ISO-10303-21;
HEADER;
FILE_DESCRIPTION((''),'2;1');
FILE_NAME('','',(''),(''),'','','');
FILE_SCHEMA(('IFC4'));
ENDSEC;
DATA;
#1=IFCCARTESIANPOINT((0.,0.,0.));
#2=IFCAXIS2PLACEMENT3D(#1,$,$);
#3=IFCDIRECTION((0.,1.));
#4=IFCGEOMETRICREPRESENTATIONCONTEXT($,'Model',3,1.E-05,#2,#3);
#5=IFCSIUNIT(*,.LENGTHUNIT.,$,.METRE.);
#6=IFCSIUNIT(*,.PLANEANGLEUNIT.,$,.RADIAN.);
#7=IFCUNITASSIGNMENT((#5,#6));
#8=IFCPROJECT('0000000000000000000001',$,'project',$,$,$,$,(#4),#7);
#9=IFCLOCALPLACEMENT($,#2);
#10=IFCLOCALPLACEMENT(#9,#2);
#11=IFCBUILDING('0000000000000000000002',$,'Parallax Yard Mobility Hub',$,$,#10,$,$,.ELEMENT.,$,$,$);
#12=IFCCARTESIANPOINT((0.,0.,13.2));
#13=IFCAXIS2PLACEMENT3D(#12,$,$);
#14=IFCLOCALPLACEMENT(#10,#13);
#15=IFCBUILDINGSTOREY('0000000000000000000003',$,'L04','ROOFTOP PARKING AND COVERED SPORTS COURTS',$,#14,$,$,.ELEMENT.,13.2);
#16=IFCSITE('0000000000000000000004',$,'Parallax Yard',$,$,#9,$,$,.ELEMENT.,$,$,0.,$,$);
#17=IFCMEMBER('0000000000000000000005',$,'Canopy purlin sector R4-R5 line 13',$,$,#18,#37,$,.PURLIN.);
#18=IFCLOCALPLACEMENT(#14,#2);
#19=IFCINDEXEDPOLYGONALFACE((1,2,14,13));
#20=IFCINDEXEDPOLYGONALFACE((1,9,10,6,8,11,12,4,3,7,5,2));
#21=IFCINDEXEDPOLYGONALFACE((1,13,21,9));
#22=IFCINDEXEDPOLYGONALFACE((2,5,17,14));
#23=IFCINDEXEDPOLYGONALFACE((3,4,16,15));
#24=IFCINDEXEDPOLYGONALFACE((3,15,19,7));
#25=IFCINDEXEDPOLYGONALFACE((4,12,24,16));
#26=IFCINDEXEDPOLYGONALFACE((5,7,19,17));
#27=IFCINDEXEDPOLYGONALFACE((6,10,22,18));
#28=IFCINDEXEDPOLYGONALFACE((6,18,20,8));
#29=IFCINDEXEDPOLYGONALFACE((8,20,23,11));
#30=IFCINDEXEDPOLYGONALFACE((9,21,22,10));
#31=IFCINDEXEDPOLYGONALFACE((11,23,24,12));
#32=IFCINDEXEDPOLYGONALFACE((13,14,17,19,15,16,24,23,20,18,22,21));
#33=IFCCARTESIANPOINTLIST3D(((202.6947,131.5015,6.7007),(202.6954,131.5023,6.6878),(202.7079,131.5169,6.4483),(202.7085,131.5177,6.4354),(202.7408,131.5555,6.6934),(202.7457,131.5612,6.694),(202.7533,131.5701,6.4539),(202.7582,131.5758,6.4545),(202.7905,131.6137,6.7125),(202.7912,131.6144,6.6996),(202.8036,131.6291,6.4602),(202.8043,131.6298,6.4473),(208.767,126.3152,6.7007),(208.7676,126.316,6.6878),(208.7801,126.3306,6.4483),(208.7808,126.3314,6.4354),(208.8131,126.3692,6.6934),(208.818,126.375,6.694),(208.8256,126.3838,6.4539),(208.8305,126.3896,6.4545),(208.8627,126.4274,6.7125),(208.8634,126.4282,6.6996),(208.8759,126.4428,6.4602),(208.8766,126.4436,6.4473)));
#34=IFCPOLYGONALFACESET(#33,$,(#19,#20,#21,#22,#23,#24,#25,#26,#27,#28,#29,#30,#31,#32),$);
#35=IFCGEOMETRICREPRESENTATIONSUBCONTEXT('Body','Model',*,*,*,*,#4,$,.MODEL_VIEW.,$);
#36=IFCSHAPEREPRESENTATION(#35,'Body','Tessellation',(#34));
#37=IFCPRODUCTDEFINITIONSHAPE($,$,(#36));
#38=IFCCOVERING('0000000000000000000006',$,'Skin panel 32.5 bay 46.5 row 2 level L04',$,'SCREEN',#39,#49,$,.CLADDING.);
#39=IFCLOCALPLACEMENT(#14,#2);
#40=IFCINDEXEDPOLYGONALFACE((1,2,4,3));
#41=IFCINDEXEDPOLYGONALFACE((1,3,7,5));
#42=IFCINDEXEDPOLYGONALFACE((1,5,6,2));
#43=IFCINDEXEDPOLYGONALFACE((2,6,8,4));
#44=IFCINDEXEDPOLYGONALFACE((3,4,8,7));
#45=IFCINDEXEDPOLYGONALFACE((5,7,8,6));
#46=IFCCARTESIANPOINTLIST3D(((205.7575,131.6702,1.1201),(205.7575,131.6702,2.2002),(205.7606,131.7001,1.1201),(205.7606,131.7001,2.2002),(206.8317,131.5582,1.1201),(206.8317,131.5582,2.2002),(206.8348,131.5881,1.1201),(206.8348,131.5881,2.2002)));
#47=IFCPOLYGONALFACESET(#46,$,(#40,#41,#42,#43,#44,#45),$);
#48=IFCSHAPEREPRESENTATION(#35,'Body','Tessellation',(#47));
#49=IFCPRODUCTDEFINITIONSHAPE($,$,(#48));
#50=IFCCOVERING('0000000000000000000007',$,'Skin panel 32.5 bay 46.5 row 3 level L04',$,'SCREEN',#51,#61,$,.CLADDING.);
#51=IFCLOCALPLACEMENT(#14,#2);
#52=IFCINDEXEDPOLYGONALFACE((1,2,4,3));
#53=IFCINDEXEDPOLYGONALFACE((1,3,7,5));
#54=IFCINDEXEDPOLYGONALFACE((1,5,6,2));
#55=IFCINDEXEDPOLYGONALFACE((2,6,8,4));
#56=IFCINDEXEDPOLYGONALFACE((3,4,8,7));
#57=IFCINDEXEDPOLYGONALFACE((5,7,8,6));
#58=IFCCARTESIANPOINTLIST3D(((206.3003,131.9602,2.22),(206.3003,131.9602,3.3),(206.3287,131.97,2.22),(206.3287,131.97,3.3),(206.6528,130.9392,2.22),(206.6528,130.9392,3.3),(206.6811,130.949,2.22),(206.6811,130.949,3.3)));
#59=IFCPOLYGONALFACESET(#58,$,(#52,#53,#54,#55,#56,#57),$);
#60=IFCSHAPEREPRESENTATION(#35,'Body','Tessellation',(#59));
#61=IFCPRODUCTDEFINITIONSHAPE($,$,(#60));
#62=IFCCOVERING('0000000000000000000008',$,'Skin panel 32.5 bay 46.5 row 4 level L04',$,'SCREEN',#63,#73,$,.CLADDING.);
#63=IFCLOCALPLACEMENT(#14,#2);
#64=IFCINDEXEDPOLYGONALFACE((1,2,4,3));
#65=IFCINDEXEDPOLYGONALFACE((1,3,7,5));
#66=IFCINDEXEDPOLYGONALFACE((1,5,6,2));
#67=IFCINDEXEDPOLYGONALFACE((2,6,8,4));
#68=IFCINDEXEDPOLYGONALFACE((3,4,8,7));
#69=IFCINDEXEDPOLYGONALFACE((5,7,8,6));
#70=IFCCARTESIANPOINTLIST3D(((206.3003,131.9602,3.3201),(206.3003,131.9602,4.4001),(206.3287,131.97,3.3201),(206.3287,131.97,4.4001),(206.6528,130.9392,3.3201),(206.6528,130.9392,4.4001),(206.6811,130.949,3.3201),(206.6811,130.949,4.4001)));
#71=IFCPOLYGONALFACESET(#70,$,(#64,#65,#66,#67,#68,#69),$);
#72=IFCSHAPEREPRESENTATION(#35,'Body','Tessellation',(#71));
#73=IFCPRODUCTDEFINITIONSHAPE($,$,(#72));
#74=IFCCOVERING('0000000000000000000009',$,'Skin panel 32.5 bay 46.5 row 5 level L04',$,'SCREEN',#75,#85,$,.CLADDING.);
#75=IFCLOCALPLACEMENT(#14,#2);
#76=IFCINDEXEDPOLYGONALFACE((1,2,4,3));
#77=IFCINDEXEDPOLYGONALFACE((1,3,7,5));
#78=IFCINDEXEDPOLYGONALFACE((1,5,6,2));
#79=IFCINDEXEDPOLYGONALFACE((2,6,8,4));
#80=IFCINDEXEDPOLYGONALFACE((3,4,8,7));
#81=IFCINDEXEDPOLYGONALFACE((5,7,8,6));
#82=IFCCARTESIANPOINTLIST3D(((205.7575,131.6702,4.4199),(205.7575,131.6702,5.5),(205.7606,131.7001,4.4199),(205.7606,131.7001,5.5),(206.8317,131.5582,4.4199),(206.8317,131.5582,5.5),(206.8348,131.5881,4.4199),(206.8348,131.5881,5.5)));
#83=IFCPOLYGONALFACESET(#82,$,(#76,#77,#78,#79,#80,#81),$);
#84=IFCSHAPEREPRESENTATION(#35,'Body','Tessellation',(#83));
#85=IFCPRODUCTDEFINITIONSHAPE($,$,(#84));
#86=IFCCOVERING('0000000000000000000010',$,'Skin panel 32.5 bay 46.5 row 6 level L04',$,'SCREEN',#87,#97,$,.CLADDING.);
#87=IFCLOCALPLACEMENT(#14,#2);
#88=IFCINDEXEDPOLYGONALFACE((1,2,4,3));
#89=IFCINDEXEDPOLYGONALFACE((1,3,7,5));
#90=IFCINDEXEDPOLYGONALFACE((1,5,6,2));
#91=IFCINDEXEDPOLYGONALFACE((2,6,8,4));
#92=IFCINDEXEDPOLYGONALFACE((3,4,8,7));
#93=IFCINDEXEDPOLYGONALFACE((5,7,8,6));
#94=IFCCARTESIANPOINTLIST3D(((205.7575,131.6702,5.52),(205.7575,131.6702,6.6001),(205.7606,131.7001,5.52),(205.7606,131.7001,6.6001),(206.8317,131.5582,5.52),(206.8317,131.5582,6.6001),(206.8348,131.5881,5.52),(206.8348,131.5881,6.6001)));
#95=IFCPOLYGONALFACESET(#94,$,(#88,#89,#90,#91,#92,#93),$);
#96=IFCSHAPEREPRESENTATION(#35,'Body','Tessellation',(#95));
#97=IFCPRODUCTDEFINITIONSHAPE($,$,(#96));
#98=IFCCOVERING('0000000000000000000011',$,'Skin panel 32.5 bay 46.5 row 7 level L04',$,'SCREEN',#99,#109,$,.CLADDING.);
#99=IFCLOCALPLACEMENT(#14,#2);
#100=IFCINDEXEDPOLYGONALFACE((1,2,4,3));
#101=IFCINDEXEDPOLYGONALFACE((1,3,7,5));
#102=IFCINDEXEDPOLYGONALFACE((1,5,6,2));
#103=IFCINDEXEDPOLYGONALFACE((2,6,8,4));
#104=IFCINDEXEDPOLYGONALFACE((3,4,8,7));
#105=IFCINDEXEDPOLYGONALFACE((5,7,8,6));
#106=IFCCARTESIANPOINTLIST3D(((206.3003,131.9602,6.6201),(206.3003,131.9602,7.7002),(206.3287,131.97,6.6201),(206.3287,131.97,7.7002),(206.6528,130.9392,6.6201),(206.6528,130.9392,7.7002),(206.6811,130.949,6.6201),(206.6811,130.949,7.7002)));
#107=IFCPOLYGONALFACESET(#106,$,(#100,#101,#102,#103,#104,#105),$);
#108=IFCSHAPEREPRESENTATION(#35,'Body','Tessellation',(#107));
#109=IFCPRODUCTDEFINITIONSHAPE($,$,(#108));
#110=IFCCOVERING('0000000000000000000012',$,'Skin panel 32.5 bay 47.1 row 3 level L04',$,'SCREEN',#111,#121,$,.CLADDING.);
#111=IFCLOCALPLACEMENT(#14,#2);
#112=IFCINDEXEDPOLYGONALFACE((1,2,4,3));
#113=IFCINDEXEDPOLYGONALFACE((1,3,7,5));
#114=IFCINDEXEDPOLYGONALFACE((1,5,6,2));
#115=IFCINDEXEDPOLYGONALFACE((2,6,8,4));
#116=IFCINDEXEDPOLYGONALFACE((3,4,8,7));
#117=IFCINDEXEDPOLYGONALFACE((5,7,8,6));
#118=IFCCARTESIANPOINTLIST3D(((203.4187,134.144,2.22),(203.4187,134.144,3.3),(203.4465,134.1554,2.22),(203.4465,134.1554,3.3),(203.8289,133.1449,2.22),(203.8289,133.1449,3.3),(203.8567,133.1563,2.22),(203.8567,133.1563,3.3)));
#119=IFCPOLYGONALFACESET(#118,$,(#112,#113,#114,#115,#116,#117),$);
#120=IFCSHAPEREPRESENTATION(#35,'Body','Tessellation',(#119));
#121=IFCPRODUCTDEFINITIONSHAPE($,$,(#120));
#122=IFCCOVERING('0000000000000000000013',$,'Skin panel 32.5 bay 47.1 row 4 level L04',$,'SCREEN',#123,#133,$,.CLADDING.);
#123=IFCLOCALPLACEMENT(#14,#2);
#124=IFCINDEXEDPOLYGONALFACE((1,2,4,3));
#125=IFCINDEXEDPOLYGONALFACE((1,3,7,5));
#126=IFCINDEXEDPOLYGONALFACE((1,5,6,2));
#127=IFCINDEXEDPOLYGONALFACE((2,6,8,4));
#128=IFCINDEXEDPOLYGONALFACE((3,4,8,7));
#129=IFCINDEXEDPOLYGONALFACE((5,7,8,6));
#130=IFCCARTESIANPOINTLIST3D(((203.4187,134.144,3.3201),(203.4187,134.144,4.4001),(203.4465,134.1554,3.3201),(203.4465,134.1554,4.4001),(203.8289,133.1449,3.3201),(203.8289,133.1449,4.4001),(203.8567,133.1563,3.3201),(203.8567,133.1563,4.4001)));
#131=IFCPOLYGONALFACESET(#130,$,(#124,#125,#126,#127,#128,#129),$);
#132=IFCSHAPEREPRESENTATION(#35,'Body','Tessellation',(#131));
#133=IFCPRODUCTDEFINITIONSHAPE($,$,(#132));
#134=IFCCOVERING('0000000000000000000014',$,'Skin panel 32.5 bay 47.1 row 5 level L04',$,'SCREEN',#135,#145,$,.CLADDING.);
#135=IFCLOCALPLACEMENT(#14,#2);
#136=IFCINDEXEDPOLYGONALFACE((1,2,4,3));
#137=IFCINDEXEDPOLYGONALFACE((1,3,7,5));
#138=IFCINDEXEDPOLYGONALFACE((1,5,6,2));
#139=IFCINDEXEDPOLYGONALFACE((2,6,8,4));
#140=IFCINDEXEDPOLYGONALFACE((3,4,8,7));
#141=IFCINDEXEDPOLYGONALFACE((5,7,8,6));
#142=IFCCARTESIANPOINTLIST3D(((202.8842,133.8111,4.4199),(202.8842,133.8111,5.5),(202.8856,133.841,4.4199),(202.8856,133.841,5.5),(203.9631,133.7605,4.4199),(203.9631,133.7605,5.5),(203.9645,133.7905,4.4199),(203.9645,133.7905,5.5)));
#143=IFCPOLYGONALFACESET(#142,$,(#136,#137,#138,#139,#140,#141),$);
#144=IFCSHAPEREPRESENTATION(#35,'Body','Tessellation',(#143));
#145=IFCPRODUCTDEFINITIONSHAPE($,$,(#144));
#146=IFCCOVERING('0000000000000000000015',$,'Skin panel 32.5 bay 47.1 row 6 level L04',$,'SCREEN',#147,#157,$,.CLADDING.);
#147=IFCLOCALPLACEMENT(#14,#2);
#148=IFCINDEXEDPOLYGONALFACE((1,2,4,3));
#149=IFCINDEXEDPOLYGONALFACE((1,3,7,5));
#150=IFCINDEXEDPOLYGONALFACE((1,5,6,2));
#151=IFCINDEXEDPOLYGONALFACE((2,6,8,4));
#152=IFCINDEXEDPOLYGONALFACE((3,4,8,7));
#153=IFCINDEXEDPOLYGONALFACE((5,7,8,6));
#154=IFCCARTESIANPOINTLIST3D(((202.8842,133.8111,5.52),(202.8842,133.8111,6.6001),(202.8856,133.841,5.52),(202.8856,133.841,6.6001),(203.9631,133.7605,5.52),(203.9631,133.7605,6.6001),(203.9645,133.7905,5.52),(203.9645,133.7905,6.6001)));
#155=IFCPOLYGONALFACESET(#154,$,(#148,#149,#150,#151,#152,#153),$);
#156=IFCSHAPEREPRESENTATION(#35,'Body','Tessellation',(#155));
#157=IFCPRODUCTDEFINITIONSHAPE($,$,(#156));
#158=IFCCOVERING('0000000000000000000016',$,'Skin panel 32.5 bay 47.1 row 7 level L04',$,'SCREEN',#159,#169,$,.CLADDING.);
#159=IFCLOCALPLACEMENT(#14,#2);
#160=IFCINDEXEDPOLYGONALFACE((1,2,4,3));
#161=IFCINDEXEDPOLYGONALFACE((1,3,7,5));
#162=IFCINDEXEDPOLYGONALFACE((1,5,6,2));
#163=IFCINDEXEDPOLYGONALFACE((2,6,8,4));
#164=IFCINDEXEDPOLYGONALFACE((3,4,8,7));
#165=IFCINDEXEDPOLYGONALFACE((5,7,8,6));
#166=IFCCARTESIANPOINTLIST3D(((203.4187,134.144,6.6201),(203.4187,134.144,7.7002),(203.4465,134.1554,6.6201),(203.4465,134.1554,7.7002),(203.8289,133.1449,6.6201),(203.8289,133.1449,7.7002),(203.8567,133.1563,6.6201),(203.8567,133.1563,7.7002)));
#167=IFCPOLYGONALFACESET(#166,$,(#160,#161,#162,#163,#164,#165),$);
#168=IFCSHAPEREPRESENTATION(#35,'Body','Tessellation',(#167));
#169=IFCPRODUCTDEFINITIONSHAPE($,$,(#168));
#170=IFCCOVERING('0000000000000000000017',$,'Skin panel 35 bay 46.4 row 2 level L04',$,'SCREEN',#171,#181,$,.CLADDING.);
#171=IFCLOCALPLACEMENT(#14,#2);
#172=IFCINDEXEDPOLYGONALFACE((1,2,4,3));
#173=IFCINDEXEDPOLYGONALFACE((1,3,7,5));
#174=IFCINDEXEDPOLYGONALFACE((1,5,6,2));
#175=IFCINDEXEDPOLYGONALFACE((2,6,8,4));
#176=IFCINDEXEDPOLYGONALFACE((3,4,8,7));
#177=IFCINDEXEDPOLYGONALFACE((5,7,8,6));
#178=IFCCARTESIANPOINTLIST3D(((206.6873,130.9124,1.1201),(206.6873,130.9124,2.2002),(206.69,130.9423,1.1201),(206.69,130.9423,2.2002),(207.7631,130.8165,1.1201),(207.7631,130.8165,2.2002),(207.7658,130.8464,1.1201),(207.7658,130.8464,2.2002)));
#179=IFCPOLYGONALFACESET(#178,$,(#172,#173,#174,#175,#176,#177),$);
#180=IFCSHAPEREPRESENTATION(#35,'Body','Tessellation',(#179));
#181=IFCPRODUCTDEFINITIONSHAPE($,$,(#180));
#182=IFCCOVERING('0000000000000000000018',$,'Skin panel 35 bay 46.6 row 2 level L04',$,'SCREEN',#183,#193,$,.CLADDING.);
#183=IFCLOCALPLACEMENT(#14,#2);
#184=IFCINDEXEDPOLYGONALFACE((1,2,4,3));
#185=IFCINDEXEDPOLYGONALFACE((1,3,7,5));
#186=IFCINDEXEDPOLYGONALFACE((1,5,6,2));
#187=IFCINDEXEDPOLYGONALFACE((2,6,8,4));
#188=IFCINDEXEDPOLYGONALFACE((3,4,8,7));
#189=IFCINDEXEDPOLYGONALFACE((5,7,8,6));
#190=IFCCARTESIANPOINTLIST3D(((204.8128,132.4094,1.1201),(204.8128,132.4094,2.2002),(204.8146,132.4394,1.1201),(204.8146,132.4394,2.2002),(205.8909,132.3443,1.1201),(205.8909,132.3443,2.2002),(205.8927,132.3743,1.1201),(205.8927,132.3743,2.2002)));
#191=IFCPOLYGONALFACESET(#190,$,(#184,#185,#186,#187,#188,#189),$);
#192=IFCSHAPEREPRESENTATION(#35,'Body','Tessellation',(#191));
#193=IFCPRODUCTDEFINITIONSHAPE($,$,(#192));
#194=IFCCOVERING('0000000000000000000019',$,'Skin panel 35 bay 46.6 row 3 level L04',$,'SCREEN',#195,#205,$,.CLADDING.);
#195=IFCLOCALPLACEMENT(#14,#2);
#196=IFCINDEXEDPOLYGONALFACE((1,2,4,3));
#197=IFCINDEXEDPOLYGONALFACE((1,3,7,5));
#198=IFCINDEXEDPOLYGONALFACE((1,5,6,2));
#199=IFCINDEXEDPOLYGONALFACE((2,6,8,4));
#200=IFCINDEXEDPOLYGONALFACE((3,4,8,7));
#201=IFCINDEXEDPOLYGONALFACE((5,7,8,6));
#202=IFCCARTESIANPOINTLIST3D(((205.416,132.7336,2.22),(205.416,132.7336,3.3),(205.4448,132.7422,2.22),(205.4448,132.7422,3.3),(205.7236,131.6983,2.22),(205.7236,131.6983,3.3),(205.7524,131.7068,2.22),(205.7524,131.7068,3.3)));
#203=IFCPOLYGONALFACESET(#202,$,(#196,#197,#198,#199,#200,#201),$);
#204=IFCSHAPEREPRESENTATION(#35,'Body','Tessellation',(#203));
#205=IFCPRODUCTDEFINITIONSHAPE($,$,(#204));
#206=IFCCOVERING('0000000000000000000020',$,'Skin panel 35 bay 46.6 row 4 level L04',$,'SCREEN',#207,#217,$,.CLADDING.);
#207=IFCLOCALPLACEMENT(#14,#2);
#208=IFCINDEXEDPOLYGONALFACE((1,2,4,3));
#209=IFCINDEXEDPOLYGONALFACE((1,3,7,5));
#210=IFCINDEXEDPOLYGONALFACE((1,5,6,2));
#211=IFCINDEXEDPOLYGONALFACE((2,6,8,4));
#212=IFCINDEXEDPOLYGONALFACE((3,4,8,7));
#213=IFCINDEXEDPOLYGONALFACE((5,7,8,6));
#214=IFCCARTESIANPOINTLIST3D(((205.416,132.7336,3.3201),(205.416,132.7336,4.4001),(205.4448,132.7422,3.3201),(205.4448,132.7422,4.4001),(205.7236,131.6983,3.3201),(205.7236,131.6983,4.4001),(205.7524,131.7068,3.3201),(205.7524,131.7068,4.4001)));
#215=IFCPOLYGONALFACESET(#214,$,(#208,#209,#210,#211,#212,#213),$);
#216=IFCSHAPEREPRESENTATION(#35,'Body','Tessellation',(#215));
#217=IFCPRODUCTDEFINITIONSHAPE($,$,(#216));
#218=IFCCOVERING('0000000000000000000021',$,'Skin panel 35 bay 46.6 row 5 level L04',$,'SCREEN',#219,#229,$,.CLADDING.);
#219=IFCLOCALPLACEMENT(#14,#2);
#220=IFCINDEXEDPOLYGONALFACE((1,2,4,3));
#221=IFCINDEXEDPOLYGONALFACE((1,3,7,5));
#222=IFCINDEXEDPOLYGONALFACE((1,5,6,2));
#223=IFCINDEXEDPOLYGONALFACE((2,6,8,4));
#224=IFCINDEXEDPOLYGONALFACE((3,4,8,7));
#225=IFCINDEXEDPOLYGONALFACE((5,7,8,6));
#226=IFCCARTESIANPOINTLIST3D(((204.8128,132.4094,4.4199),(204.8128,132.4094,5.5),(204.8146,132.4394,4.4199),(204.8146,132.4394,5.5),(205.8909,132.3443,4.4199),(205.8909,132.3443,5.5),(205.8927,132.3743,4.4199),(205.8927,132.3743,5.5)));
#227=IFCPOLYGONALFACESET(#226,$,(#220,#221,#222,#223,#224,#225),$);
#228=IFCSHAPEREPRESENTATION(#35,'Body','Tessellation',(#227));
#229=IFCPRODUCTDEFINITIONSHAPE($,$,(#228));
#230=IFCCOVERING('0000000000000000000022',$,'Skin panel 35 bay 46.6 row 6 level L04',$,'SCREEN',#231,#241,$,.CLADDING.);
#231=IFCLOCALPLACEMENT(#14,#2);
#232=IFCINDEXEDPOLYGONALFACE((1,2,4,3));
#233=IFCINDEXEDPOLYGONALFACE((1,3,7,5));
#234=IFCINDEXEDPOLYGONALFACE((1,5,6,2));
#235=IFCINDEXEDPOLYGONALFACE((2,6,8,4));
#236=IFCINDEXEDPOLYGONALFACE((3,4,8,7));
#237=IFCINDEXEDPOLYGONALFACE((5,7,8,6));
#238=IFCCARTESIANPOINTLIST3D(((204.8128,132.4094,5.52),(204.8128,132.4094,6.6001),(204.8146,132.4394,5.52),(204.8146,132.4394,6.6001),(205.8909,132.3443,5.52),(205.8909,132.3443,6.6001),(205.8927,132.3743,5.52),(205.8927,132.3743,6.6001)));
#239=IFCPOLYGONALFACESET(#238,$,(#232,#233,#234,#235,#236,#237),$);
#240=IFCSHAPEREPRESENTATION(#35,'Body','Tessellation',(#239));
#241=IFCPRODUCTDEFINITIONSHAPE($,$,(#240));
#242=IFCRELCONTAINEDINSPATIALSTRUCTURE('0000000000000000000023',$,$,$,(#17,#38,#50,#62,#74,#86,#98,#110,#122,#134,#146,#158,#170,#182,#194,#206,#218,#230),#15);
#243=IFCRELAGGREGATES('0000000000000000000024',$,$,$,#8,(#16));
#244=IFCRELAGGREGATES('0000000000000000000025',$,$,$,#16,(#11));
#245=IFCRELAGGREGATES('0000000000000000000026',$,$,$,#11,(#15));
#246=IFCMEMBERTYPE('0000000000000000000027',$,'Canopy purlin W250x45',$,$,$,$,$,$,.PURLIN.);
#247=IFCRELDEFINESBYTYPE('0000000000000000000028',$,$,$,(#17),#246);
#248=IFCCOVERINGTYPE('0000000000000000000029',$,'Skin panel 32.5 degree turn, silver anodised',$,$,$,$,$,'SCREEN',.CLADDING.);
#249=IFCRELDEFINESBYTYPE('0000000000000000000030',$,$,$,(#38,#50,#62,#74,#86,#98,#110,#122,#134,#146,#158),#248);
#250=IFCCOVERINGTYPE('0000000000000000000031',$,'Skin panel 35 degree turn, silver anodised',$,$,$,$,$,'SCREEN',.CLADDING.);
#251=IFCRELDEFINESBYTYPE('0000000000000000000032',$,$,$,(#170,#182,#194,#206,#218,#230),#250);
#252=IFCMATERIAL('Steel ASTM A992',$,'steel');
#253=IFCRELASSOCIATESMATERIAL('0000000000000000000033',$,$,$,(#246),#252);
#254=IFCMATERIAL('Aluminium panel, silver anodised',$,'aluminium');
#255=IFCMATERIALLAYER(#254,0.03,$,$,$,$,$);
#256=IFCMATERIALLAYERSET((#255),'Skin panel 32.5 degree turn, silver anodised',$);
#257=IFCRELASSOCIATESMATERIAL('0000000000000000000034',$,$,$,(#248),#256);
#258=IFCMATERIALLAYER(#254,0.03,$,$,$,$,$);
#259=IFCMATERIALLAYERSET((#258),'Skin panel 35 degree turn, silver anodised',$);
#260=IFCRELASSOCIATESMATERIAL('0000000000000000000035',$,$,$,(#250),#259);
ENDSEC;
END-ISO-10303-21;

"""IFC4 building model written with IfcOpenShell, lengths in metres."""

from ifc_helpers import new_model, si_unit, direction, frame, origin, origin_2d, place, context, subcontext, project, spatial, rectangle, i_section, extrude, material, layer, layer_set, material_profile, profile_set, type_object, element, save


model = new_model("IFC4")

# Units and contexts
model_context = context("Model", 3, precision=1e-05, world=origin(), true_north=direction((0.0, 1.0)))
body_context = subcontext(model_context, "Body", "Model", "MODEL_VIEW")
ifc_project = project(units=[si_unit("LENGTHUNIT", "METRE"), si_unit("PLANEANGLEUNIT", "RADIAN")], contexts=[model_context])

# Site, building, storey
site_placement = place(None, origin())
site = spatial("IfcSite", under=ifc_project, at=site_placement, Name="Parallax Yard", CompositionType="ELEMENT", RefElevation=0.0)
building_placement = place(site_placement, origin())
building = spatial("IfcBuilding", under=site, at=building_placement, Name="Parallax Yard Mobility Hub", CompositionType="ELEMENT")
storey_placement = place(building_placement, frame((0.0, 0.0, 13.2)))
storey = spatial("IfcBuildingStorey", under=building, at=storey_placement, Name="L04", Description="ROOFTOP PARKING AND COVERED SPORTS COURTS", CompositionType="ELEMENT", Elevation=13.2)

# Member
ifc_material_1 = material(Name="Steel ASTM A992", Category="steel")
ifc_material_profile = material_profile(ifc_material_1, i_section(OverallWidth=0.1479, OverallDepth=0.2661, WebThickness=0.0076, FlangeThickness=0.0129, at=origin_2d()), Name="W250x45")
ifc_profile_set = profile_set([ifc_material_profile], Name="Steel ASTM A992")
member_type = type_object("IfcMemberType", Name="Canopy purlin W250x45", PredefinedType="PURLIN", material=ifc_profile_set)
member_placement = place(storey_placement, frame((202.7495, 131.5657, 6.574), z_axis=(0.760401, -0.649453, 0.0), x_axis=(0.647372, 0.757965, 0.07999)))
element("IfcMember", 1, at=member_placement, inside=storey, type_object=member_type, Name="Canopy purlin sector R4-R5 line 13", PredefinedType="PURLIN", context=body_context, shape_type="SweptSolid", body=[
    extrude(i_section(OverallWidth=0.1479, OverallDepth=0.2661, WebThickness=0.0076, FlangeThickness=0.0129, at=origin_2d()), origin(), (0.0, 0.0, 1.0), 7.9856),
])

# Coverings
ifc_material_2 = material(Name="Aluminium panel, silver anodised", Category="aluminium")
ifc_layer_1 = layer(ifc_material_2, 0.03)
ifc_layer_set_1 = layer_set([ifc_layer_1], Name="Skin panel 32.5 degree turn, silver anodised")
covering_type_1 = type_object("IfcCoveringType", Name="Skin panel 32.5 degree turn, silver anodised", ElementType="SCREEN", PredefinedType="CLADDING", material=ifc_layer_set_1)
for number, where, z_axis, x_axis, name in (
    (2, (206.2961, 131.6292, 1.1201), (0.0, 0.0, 1.0), (0.994605, -0.103739, 0.0), "Skin panel 32.5 bay 46.5 row 2 level L04"),
    (3, (206.4907, 131.4546, 2.22), (0.0, 0.0, 1.0), (-0.326319, 0.94526, 0.0), "Skin panel 32.5 bay 46.5 row 3 level L04"),
    (4, (206.4907, 131.4546, 3.3201), (0.0, 0.0, 1.0), (-0.326319, 0.94526, 0.0), "Skin panel 32.5 bay 46.5 row 4 level L04"),
    (5, (206.2961, 131.6292, 4.4199), (0.0, 0.0, 1.0), (0.994605, -0.103739, 0.0), "Skin panel 32.5 bay 46.5 row 5 level L04"),
    (6, (206.2961, 131.6292, 5.52), (0.0, 0.0, 1.0), (0.994605, -0.103739, 0.0), "Skin panel 32.5 bay 46.5 row 6 level L04"),
    (7, (206.4907, 131.4546, 6.6201), (0.0, 0.0, 1.0), (-0.326319, 0.94526, 0.0), "Skin panel 32.5 bay 46.5 row 7 level L04"),
    (8, (203.6377, 133.6501, 2.22), (0.0, 0.0, 1.0), (-0.37975, 0.925089, 0.0), "Skin panel 32.5 bay 47.1 row 3 level L04"),
    (9, (203.6377, 133.6501, 3.3201), (0.0, 0.0, 1.0), (-0.37975, 0.925089, 0.0), "Skin panel 32.5 bay 47.1 row 4 level L04"),
    (10, (203.4243, 133.8008, 4.4199), (0.0, 0.0, 1.0), (0.998905, -0.046789, 0.0), "Skin panel 32.5 bay 47.1 row 5 level L04"),
    (11, (203.4243, 133.8008, 5.52), (0.0, 0.0, 1.0), (0.998905, -0.046789, 0.0), "Skin panel 32.5 bay 47.1 row 6 level L04"),
    (12, (203.6377, 133.6501, 6.6201), (0.0, 0.0, 1.0), (-0.37975, 0.925089, 0.0), "Skin panel 32.5 bay 47.1 row 7 level L04"),
):
    element("IfcCovering", number, at=place(storey_placement, frame(where, z_axis=z_axis, x_axis=x_axis)), inside=storey, type_object=covering_type_1, Name=name, ObjectType="SCREEN", PredefinedType="CLADDING", context=body_context, shape_type="SweptSolid", body=[
        extrude(rectangle(XDim=1.0801, YDim=0.03, at=origin_2d()), origin(), (0.0, 0.0, 1.0), 1.0801),
    ])
ifc_layer_2 = layer(ifc_material_2, 0.03)
ifc_layer_set_2 = layer_set([ifc_layer_2], Name="Skin panel 35 degree turn, silver anodised")
covering_type_2 = type_object("IfcCoveringType", Name="Skin panel 35 degree turn, silver anodised", ElementType="SCREEN", PredefinedType="CLADDING", material=ifc_layer_set_2)
for number, where, z_axis, x_axis, name in (
    (13, (207.2266, 130.8794, 1.1201), (0.0, 0.0, 1.0), (0.996055, -0.088736, 0.0), "Skin panel 35 bay 46.4 row 2 level L04"),
    (14, (205.3528, 132.3918, 1.1201), (0.0, 0.0, 1.0), (0.998183, -0.060256, 0.0), "Skin panel 35 bay 46.6 row 2 level L04"),
    (15, (205.5842, 132.2202, 2.22), (0.0, 0.0, 1.0), (-0.284777, 0.958594, 0.0), "Skin panel 35 bay 46.6 row 3 level L04"),
    (16, (205.5842, 132.2202, 3.3201), (0.0, 0.0, 1.0), (-0.284777, 0.958594, 0.0), "Skin panel 35 bay 46.6 row 4 level L04"),
    (17, (205.3528, 132.3918, 4.4199), (0.0, 0.0, 1.0), (0.998183, -0.060256, 0.0), "Skin panel 35 bay 46.6 row 5 level L04"),
    (18, (205.3528, 132.3918, 5.52), (0.0, 0.0, 1.0), (0.998183, -0.060256, 0.0), "Skin panel 35 bay 46.6 row 6 level L04"),
):
    element("IfcCovering", number, at=place(storey_placement, frame(where, z_axis=z_axis, x_axis=x_axis)), inside=storey, type_object=covering_type_2, Name=name, ObjectType="SCREEN", PredefinedType="CLADDING", context=body_context, shape_type="SweptSolid", body=[
        extrude(rectangle(XDim=1.0801, YDim=0.03, at=origin_2d()), origin(), (0.0, 0.0, 1.0), 1.0801),
    ])

save(model, "model.ifc")
